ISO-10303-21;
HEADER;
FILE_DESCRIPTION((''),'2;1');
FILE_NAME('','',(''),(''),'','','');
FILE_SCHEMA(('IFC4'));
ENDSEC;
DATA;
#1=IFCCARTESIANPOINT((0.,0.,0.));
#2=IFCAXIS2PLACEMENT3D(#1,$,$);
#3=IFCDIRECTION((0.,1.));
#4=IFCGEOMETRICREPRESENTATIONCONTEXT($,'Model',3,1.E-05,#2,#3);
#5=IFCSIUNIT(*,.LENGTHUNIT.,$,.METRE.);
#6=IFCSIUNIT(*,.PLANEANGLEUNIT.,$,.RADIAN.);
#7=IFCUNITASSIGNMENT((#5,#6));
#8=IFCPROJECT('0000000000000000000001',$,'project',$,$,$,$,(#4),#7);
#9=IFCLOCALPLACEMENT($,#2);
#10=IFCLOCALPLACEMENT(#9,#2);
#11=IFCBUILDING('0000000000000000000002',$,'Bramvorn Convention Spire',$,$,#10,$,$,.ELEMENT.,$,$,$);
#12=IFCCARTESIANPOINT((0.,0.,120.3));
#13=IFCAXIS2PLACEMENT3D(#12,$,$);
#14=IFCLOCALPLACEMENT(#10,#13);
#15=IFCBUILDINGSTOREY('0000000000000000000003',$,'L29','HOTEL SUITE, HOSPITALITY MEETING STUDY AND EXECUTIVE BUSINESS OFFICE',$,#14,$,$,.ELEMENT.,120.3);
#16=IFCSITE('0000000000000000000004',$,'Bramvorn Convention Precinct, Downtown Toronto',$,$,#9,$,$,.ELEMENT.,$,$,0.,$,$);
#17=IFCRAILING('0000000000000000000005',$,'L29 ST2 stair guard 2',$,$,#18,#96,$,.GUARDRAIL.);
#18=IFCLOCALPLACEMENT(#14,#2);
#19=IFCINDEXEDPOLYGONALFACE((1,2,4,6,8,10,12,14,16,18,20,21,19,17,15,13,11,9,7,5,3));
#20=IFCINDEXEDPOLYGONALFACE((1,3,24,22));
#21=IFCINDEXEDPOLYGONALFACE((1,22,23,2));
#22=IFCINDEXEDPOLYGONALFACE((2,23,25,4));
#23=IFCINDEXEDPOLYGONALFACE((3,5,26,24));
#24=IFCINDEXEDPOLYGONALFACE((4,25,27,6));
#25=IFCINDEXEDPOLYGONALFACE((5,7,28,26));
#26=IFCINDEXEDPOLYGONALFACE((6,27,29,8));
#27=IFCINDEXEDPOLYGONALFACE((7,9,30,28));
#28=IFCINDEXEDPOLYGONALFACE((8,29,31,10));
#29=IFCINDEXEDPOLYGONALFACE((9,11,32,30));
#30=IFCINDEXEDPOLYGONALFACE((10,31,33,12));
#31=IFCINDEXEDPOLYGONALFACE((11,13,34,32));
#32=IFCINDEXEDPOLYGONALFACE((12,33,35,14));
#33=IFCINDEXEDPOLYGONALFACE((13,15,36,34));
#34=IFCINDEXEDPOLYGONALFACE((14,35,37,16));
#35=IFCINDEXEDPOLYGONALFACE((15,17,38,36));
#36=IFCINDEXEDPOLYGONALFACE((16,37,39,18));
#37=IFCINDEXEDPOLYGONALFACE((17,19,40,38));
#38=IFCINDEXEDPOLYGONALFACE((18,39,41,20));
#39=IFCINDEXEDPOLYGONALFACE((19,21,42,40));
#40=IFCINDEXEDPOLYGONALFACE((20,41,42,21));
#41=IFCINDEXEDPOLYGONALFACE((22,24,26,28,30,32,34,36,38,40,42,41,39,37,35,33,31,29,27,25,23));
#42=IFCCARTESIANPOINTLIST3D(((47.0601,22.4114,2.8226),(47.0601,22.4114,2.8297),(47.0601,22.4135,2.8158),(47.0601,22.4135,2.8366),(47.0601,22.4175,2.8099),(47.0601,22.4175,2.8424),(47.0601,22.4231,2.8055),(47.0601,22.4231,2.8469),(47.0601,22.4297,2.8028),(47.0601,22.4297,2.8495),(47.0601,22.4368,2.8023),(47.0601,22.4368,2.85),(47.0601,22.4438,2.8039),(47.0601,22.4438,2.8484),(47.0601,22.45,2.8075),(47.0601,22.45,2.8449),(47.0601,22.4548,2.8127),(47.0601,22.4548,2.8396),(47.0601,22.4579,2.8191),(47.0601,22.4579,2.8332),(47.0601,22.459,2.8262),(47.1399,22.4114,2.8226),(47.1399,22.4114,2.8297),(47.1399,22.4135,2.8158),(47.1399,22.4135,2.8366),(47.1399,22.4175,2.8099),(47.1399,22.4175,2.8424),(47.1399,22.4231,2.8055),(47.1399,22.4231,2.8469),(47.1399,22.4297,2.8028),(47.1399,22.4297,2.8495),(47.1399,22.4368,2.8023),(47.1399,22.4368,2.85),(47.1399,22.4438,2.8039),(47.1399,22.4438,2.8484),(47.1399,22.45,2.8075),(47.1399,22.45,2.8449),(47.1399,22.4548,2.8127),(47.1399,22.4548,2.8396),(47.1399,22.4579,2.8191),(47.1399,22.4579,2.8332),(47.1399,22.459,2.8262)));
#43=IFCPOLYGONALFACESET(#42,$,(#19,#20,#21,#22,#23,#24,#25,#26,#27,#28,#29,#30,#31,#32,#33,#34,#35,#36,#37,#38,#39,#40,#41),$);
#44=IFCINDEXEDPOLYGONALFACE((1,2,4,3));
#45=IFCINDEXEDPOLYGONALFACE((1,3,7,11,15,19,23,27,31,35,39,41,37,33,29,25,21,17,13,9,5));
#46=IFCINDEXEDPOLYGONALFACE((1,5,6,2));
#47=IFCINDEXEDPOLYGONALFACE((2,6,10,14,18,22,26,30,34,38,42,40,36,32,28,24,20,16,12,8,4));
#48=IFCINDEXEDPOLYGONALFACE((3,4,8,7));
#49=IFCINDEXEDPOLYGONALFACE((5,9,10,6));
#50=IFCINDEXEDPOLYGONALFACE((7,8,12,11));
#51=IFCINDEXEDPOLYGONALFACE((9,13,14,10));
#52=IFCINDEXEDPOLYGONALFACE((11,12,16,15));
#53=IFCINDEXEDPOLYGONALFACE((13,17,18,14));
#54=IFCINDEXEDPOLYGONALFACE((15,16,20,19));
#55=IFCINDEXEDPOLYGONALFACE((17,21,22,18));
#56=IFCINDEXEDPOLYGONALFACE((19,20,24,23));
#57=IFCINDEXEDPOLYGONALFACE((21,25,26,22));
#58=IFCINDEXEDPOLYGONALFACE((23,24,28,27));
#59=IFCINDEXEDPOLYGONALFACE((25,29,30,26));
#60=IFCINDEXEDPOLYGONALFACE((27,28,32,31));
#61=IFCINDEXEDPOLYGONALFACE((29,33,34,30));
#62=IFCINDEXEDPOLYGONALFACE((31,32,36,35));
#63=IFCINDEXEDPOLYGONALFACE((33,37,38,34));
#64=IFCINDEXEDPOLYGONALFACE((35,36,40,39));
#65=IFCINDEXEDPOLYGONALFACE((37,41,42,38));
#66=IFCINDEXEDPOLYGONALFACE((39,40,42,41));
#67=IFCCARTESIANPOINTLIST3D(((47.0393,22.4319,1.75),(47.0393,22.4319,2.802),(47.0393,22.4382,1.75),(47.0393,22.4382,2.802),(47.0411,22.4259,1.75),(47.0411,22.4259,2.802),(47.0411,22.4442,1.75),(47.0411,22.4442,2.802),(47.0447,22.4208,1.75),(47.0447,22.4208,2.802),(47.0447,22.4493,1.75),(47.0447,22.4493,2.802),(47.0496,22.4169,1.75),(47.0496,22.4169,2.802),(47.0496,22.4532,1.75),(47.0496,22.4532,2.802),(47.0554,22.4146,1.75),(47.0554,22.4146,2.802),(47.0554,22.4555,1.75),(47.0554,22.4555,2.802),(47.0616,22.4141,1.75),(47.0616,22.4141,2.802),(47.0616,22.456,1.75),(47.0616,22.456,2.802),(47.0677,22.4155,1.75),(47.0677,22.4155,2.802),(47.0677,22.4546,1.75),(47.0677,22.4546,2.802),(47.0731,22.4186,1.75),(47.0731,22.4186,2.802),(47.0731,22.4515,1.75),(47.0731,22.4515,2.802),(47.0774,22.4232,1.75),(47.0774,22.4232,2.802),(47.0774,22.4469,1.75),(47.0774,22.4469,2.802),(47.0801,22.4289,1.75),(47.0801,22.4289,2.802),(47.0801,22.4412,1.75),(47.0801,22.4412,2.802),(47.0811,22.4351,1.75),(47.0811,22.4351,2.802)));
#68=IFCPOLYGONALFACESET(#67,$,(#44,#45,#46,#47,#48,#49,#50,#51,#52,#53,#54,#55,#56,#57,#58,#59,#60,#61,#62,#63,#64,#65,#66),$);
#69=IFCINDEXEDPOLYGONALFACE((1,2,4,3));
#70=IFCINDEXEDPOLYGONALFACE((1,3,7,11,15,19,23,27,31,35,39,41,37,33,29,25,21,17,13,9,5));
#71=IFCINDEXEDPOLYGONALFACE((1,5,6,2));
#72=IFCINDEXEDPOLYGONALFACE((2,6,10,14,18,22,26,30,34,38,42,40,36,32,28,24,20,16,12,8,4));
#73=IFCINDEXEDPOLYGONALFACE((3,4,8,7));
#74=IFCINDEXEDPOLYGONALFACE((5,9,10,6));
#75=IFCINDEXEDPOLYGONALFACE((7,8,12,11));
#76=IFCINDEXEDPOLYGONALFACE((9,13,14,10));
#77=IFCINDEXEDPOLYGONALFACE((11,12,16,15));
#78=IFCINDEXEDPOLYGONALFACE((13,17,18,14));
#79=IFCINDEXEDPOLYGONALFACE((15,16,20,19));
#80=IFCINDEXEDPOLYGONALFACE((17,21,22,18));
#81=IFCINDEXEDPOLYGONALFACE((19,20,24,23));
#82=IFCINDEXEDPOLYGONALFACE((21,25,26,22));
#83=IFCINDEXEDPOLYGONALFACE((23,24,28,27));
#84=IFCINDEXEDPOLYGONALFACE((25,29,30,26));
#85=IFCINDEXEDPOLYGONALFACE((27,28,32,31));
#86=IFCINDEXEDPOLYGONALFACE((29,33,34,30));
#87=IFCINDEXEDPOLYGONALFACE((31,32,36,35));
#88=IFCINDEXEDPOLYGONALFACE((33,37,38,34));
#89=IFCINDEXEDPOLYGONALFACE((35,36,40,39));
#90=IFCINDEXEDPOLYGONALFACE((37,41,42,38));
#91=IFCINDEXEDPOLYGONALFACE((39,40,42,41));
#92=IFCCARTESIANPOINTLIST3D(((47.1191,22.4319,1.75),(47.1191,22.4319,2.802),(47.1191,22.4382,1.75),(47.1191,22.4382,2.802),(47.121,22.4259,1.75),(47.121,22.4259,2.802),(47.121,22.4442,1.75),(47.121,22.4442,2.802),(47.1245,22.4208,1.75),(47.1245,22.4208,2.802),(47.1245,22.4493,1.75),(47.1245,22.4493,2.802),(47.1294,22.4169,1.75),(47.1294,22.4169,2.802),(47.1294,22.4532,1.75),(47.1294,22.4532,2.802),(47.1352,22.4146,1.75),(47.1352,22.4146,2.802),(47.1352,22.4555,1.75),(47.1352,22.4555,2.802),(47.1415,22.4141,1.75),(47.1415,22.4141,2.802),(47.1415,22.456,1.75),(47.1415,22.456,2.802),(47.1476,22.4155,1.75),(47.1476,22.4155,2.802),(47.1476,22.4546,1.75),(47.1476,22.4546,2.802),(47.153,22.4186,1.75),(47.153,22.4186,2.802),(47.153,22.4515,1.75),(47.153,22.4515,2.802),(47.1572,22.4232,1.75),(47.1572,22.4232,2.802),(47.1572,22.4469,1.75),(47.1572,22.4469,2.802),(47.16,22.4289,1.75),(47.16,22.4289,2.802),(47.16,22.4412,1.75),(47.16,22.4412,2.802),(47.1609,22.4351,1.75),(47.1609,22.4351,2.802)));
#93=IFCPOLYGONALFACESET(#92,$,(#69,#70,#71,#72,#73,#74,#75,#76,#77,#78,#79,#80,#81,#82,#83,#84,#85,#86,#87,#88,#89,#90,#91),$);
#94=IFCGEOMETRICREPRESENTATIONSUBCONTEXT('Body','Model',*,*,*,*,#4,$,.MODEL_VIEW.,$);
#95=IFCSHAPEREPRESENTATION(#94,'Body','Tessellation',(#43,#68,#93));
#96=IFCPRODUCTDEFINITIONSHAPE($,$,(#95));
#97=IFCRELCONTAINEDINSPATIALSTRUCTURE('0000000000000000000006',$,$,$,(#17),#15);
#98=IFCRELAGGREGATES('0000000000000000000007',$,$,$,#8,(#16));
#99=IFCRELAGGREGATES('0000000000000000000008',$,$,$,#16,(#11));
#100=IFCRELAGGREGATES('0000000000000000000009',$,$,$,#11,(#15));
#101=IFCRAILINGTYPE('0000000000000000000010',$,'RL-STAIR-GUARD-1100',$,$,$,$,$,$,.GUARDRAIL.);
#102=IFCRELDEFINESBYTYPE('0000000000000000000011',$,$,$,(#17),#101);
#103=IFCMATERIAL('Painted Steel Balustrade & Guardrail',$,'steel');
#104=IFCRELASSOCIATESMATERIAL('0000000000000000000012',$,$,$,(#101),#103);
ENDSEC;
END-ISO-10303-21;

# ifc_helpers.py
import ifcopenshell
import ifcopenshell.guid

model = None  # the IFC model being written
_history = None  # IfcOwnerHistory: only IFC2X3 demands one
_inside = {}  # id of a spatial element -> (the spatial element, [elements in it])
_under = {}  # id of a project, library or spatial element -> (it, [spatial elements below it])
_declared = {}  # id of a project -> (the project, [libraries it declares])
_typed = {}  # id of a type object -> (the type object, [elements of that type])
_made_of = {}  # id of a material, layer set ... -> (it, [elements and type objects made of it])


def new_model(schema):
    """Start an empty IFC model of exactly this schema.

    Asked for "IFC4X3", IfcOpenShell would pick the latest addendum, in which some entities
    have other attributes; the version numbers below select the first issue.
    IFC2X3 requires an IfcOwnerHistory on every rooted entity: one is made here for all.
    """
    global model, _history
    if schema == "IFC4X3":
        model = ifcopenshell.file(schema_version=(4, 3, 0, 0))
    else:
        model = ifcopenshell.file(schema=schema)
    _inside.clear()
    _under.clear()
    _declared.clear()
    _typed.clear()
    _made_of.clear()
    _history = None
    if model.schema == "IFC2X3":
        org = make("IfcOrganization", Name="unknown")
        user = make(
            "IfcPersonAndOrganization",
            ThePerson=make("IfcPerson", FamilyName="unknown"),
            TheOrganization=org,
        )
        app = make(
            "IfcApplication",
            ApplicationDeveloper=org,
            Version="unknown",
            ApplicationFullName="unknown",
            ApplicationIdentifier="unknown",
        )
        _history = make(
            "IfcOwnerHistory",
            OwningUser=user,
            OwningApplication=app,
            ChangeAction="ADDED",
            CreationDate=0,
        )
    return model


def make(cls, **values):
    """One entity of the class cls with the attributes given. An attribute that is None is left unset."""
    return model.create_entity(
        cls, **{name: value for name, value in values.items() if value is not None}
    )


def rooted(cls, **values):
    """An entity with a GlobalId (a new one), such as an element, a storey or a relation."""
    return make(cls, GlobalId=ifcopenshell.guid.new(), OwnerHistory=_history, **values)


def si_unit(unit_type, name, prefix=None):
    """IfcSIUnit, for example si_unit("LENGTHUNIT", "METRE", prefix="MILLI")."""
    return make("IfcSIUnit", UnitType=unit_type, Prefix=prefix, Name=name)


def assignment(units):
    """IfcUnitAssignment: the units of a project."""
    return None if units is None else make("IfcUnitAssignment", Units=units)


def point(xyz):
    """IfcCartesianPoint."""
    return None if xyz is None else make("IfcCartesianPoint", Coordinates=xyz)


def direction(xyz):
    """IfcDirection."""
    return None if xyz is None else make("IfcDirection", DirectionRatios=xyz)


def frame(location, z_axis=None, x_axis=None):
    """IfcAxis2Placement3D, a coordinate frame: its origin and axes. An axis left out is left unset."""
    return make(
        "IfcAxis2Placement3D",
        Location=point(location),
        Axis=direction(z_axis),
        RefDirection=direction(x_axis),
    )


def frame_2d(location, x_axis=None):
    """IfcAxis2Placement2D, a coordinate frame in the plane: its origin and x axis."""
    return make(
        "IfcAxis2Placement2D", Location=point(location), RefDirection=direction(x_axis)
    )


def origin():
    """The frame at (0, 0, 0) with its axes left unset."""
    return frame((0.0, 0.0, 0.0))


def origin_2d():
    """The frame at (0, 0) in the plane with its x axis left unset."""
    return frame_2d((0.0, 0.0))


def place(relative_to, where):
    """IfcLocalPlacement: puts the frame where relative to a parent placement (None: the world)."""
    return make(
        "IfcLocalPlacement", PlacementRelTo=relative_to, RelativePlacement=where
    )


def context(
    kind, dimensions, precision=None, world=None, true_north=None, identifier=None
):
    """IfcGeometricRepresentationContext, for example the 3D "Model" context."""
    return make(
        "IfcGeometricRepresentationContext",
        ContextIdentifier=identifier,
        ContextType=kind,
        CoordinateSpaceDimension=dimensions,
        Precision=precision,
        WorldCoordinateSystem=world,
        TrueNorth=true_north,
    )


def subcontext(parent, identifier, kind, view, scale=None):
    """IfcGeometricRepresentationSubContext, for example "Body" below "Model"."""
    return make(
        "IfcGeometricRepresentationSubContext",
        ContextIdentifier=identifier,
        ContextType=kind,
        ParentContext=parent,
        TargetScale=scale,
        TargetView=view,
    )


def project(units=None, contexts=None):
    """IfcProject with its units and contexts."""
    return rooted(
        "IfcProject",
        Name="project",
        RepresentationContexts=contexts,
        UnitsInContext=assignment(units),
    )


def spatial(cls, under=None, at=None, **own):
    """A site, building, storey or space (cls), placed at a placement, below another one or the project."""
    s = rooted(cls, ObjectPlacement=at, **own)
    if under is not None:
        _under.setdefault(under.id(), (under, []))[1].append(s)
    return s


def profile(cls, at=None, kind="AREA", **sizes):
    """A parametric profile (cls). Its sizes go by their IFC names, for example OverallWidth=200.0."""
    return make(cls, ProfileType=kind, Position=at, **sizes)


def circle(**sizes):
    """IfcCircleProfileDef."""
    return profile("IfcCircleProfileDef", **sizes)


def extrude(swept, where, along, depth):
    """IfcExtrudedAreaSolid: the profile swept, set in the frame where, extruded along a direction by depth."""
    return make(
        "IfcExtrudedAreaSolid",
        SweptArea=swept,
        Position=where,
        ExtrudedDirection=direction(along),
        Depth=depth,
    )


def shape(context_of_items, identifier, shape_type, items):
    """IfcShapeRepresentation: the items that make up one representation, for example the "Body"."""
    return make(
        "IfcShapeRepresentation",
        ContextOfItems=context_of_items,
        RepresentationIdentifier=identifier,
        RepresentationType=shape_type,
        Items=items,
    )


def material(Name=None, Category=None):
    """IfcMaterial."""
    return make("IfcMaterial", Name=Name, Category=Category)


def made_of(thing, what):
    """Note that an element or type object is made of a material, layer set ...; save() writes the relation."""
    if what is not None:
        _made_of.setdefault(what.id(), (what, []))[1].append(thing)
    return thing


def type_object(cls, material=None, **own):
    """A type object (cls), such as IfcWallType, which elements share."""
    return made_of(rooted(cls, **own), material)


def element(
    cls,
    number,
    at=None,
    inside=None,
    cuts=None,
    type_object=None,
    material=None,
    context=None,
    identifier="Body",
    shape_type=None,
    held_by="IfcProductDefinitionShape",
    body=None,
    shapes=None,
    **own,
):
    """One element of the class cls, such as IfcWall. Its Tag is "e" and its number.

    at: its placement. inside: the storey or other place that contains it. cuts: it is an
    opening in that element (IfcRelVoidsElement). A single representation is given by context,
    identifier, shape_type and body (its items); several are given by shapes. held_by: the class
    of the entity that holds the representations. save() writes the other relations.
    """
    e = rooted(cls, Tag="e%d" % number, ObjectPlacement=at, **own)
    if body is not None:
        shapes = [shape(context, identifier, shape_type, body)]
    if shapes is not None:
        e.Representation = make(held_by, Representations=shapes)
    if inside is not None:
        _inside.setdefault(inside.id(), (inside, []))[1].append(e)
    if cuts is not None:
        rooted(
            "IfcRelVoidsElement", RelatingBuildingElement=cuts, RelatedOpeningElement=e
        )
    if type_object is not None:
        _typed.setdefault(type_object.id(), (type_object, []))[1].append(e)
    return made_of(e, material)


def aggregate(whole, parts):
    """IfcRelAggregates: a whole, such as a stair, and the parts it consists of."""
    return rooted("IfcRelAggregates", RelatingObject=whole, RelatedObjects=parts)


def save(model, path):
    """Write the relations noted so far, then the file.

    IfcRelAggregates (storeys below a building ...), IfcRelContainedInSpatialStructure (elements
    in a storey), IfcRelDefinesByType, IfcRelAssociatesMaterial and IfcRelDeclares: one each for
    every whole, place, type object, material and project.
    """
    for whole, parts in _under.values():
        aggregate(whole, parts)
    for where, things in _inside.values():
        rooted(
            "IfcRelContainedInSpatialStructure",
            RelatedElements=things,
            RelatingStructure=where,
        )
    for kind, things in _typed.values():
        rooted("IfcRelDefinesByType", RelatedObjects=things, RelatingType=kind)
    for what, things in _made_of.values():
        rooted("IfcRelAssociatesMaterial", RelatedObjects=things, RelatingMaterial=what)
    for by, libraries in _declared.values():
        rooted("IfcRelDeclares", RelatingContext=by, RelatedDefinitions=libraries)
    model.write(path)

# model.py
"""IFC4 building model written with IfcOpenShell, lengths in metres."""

from ifc_helpers import new_model, si_unit, direction, frame, origin, origin_2d, place, context, subcontext, project, spatial, circle, extrude, material, type_object, element, save


model = new_model("IFC4")

# Units and contexts
model_context = context("Model", 3, precision=1e-05, world=origin(), true_north=direction((0.0, 1.0)))
body_context = subcontext(model_context, "Body", "Model", "MODEL_VIEW")
ifc_project = project(units=[si_unit("LENGTHUNIT", "METRE"), si_unit("PLANEANGLEUNIT", "RADIAN")], contexts=[model_context])

# Site, building, storey
site_placement = place(None, origin())
site = spatial("IfcSite", under=ifc_project, at=site_placement, Name="Bramvorn Convention Precinct, Downtown Toronto", CompositionType="ELEMENT", RefElevation=0.0)
building_placement = place(site_placement, origin())
building = spatial("IfcBuilding", under=site, at=building_placement, Name="Bramvorn Convention Spire", CompositionType="ELEMENT")
storey_placement = place(building_placement, frame((0.0, 0.0, 120.3)))
storey = spatial("IfcBuildingStorey", under=building, at=storey_placement, Name="L29", Description="HOTEL SUITE, HOSPITALITY MEETING STUDY AND EXECUTIVE BUSINESS OFFICE", CompositionType="ELEMENT", Elevation=120.3)

# Railing
ifc_material_1 = material(Name="Painted Steel Balustrade & Guardrail", Category="steel")
railing_type_1 = type_object("IfcRailingType", Name="RL-STAIR-GUARD-1100", PredefinedType="GUARDRAIL", material=ifc_material_1)
railing_1_placement = place(storey_placement, frame((47.0601, 22.4351, 1.75)))
element("IfcRailing", 1, at=railing_1_placement, inside=storey, type_object=railing_type_1, Name="L29 ST2 stair guard 2", PredefinedType="GUARDRAIL", context=body_context, shape_type="SweptSolid", body=[
    extrude(circle(Radius=0.0239, at=origin_2d()), frame((0.0, 0.0, 1.0762), z_axis=(1.0, 0.0, 0.0), x_axis=(0.0, 1.0, 0.0)), (0.0, 0.0, 1.0), 0.0798),
    extrude(circle(Radius=0.021, at=origin_2d()), origin(), (0.0, 0.0, 1.0), 1.052),
    extrude(circle(Radius=0.021, at=origin_2d()), frame((0.0798, 0.0, 0.0)), (0.0, 0.0, 1.0), 1.052),
])

save(model, "model.ifc")
